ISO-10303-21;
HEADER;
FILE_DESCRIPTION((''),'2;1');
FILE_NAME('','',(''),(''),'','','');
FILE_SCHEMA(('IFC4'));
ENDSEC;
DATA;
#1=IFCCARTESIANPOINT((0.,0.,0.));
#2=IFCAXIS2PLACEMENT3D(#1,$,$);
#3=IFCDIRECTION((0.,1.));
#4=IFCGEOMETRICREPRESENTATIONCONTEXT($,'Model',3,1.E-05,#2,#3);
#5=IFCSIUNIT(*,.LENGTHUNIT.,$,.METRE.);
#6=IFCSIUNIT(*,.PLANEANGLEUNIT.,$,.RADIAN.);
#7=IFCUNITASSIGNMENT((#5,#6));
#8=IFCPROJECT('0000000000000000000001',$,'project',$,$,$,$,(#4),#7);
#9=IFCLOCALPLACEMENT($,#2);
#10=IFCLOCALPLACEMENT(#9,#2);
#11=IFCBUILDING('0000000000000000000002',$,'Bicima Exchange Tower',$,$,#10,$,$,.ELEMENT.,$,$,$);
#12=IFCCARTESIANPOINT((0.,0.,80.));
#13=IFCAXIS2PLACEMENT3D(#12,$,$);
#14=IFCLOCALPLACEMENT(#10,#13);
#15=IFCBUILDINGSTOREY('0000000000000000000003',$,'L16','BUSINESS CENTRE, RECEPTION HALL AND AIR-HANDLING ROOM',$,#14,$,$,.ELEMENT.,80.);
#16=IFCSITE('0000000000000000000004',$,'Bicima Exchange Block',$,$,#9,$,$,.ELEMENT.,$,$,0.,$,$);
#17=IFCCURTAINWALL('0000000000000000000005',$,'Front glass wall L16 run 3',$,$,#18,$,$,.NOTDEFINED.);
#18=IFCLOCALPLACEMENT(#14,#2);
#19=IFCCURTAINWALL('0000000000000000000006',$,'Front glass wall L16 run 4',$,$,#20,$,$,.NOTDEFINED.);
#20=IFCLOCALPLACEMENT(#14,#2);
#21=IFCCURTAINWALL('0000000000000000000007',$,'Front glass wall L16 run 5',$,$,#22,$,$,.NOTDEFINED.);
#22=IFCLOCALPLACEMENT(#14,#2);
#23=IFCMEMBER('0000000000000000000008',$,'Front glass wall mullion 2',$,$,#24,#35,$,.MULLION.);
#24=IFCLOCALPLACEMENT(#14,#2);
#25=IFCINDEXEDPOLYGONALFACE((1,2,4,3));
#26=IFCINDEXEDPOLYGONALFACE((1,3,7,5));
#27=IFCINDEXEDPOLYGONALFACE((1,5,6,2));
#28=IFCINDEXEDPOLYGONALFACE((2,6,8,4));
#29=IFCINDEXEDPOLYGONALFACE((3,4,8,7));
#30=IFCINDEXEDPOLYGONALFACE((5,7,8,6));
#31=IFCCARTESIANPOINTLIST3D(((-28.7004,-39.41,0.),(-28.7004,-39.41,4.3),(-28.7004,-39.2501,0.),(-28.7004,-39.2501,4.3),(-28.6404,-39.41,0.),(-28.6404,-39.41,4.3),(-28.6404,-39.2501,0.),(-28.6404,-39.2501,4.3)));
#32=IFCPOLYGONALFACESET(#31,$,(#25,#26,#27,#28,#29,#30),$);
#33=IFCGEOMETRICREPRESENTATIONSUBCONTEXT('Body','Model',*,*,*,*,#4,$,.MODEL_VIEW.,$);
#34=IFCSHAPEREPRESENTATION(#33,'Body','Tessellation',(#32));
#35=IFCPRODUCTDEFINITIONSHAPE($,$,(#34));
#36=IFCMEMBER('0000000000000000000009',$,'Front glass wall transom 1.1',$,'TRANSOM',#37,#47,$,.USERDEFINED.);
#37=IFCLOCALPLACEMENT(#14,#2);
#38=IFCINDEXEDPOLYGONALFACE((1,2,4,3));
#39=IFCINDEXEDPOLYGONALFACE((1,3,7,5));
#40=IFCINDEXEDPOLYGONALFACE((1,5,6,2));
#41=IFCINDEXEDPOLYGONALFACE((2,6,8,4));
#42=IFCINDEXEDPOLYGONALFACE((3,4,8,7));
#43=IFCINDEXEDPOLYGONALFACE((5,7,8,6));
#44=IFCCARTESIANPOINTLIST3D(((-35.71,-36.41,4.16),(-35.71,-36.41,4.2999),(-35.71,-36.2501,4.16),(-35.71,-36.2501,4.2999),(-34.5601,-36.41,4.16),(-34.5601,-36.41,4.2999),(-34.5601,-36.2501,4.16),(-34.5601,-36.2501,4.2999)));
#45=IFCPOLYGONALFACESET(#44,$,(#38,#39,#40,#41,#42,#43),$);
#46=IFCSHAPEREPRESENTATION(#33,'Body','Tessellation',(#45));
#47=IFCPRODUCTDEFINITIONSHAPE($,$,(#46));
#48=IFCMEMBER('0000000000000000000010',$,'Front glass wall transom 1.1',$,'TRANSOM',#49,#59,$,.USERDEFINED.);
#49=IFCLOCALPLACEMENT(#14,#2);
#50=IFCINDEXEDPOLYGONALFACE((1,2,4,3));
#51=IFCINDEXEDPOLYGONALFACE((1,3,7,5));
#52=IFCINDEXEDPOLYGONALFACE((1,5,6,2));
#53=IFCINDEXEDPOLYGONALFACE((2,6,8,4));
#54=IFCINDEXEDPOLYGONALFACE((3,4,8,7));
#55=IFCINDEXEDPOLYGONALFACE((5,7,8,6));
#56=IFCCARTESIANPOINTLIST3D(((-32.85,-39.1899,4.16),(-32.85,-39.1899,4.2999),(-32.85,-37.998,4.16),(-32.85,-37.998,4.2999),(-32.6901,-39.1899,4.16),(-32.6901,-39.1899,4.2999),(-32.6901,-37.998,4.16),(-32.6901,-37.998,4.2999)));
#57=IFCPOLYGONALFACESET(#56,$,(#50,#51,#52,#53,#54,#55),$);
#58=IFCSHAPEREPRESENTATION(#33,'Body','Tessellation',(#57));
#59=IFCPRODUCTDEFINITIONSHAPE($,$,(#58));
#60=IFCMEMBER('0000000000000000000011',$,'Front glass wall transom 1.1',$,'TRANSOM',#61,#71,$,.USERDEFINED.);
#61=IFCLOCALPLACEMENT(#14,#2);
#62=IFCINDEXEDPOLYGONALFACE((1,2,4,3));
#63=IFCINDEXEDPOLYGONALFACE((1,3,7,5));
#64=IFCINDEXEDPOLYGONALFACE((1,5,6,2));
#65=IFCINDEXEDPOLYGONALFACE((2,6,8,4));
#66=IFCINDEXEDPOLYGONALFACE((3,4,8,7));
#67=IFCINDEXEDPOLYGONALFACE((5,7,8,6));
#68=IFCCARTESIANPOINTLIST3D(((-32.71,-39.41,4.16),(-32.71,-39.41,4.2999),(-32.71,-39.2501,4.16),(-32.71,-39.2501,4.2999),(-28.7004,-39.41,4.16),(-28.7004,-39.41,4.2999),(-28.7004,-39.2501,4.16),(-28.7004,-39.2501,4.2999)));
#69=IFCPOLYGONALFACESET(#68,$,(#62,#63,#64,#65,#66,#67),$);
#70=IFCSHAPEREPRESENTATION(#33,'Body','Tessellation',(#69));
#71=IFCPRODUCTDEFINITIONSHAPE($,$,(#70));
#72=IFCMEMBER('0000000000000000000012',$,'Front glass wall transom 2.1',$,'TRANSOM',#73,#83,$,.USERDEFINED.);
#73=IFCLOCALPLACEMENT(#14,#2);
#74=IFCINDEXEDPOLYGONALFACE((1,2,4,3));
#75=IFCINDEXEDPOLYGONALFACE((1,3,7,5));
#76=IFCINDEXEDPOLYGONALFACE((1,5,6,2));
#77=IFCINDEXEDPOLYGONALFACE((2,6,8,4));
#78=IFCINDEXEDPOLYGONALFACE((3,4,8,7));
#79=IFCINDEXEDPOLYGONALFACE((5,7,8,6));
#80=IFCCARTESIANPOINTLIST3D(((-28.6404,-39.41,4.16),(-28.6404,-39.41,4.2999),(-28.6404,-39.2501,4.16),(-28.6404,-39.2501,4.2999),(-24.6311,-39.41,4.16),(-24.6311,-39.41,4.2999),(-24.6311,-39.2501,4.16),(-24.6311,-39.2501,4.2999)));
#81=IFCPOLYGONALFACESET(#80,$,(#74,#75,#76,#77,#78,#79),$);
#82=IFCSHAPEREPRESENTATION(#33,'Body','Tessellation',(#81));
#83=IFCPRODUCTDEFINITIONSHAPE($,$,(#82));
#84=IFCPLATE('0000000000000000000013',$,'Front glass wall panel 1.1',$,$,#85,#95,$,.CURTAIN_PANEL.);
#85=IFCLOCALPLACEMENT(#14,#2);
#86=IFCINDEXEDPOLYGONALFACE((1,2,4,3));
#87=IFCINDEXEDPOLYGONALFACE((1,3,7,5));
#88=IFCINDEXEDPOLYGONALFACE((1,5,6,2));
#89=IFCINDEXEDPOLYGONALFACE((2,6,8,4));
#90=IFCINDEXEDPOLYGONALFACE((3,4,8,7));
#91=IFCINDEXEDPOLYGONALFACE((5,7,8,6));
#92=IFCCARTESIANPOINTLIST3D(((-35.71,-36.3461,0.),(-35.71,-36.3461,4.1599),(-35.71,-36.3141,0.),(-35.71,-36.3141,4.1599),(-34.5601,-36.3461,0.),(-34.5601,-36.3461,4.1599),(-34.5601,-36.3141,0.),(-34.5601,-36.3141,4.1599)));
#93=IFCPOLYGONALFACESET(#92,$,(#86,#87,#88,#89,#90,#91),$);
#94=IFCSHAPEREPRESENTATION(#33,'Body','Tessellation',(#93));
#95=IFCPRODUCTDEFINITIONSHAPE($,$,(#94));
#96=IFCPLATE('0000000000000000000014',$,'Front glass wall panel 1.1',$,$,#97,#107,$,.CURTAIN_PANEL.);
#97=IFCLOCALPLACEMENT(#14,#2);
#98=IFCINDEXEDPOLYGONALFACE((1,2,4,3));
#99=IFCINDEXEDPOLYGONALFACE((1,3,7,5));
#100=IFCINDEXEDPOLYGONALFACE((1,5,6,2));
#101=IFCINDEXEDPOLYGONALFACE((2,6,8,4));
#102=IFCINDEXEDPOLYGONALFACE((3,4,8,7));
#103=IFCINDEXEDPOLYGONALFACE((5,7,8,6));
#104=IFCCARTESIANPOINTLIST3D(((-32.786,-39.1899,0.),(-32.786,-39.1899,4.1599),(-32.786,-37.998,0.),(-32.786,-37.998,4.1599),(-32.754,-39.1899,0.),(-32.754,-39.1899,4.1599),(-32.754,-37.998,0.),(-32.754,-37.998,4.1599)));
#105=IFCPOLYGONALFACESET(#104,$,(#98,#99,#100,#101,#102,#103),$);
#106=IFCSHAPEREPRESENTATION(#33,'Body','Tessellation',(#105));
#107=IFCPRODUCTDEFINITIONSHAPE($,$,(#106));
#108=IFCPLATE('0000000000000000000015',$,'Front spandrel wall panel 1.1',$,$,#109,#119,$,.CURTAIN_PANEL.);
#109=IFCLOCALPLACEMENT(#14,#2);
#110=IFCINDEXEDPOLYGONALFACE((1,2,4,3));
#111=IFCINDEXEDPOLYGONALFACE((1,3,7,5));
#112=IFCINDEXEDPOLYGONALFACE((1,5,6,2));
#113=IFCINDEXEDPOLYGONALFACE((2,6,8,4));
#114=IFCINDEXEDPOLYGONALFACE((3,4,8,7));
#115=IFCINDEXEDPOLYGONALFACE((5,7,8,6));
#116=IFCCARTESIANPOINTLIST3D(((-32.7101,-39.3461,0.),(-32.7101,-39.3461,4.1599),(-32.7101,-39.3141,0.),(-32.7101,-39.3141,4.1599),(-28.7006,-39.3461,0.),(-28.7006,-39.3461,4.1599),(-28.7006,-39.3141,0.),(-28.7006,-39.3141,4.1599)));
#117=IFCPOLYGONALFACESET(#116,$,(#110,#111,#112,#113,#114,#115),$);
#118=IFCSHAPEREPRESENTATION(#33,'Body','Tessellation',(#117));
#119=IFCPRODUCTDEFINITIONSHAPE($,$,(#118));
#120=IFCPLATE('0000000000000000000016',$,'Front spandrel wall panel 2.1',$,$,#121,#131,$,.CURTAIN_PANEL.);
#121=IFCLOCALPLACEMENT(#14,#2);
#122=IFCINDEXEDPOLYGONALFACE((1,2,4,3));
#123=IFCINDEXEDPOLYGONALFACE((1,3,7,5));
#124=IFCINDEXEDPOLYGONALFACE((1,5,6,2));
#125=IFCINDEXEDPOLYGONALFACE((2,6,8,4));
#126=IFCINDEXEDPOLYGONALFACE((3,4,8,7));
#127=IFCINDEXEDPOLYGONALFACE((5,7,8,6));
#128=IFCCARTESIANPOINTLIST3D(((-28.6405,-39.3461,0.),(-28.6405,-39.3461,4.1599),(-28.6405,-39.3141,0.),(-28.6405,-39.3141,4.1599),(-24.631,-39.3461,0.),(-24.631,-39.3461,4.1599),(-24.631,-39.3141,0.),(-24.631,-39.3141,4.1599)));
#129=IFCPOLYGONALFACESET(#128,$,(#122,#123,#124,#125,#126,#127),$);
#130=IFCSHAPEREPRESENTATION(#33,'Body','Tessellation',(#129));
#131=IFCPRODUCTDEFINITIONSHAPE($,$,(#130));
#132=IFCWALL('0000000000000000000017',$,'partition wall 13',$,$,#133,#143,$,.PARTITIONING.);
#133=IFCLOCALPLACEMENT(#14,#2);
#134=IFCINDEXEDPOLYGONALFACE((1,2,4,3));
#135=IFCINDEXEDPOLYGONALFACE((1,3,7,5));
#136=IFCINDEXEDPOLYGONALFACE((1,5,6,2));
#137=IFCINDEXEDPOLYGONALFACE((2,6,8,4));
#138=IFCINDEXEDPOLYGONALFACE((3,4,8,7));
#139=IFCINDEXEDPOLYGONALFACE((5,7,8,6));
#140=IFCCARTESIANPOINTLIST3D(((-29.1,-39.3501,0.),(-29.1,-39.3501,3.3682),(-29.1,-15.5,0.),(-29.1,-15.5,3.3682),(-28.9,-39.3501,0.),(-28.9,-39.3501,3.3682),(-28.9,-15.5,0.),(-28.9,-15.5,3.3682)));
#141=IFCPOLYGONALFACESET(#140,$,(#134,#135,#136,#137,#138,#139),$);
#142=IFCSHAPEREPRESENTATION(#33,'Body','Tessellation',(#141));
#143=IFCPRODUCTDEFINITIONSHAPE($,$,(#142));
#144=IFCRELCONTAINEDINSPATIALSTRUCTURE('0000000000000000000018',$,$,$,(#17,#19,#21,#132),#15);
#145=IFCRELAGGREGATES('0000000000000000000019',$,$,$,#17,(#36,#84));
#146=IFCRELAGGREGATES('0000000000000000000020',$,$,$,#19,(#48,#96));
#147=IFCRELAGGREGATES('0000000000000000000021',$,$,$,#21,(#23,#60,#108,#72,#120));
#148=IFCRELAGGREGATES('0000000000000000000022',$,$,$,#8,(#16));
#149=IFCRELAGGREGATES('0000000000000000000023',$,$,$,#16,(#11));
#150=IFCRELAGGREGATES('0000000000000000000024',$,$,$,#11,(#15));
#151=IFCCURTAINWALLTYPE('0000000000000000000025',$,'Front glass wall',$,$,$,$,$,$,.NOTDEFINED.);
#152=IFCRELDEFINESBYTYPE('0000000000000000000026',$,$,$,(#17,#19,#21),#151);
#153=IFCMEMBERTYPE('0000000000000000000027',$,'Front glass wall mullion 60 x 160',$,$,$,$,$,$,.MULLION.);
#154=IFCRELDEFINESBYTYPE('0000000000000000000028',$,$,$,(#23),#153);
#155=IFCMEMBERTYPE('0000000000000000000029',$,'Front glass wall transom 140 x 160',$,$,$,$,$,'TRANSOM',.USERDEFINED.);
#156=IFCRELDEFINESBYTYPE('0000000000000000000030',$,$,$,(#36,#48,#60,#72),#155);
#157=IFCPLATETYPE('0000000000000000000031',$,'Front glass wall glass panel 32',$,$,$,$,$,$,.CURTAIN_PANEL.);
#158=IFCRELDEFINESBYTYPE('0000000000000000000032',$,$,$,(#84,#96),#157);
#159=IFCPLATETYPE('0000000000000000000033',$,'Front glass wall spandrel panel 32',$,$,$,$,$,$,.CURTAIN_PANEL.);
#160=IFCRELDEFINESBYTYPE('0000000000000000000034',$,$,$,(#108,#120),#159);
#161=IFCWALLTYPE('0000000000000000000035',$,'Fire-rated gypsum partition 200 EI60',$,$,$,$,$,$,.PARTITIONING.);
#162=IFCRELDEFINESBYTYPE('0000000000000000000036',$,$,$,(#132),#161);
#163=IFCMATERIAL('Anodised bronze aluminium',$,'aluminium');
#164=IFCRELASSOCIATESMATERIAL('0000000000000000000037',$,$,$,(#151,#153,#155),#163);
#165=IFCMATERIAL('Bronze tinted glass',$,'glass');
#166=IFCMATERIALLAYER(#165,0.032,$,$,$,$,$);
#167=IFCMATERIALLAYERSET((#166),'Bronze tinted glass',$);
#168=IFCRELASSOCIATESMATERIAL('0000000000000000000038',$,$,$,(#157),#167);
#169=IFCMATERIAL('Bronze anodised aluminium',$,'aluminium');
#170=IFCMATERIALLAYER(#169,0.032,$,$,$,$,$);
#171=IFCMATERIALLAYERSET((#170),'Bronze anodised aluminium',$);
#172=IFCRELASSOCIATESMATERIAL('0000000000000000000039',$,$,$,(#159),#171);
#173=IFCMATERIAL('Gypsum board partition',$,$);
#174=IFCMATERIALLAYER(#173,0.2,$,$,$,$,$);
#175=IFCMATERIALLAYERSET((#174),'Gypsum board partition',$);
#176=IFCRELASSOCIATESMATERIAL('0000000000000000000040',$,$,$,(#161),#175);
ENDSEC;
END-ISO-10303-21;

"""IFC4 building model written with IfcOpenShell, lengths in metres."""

from ifc_helpers import new_model, si_unit, direction, frame, frame_2d, origin, origin_2d, place, context, subcontext, project, spatial, rectangle, extrude, material, layer, layer_set, material_profile, profile_set, type_object, element, aggregate, save


model = new_model("IFC4")

# Units and contexts
model_context = context("Model", 3, precision=1e-05, world=origin(), true_north=direction((0.0, 1.0)))
body_context = subcontext(model_context, "Body", "Model", "MODEL_VIEW")
ifc_project = project(units=[si_unit("LENGTHUNIT", "METRE"), si_unit("PLANEANGLEUNIT", "RADIAN")], contexts=[model_context])

# Site, building, storey
site_placement = place(None, origin())
site = spatial("IfcSite", under=ifc_project, at=site_placement, Name="Bicima Exchange Block", CompositionType="ELEMENT", RefElevation=0.0)
building_placement = place(site_placement, origin())
building = spatial("IfcBuilding", under=site, at=building_placement, Name="Bicima Exchange Tower", CompositionType="ELEMENT")
storey_placement = place(building_placement, frame((0.0, 0.0, 80.0)))
storey = spatial("IfcBuildingStorey", under=building, at=storey_placement, Name="L16", Description="BUSINESS CENTRE, RECEPTION HALL AND AIR-HANDLING ROOM", CompositionType="ELEMENT", Elevation=80.0)

# Shared definitions
ifc_material_1 = material(Name="Anodised bronze aluminium", Category="aluminium")
ifc_material_profile_1 = material_profile(ifc_material_1, rectangle(XDim=0.1599, YDim=0.0601, at=origin_2d()))
ifc_profile_set_1 = profile_set([ifc_material_profile_1], Name="Anodised bronze aluminium")

# Curtain walls, member
curtain_wall_type_1 = type_object("IfcCurtainWallType", Name="Front glass wall", PredefinedType="NOTDEFINED", material=ifc_material_1)
curtain_wall_1_placement = place(storey_placement, origin())
curtain_wall_1 = element("IfcCurtainWall", 1, at=curtain_wall_1_placement, inside=storey, type_object=curtain_wall_type_1, Name="Front glass wall L16 run 3", PredefinedType="NOTDEFINED")
member_type_1 = type_object("IfcMemberType", Name="Front glass wall mullion 60 x 160", PredefinedType="MULLION", material=ifc_profile_set_1)
curtain_wall_2_placement = place(storey_placement, origin())
curtain_wall_2 = element("IfcCurtainWall", 2, at=curtain_wall_2_placement, inside=storey, type_object=curtain_wall_type_1, Name="Front glass wall L16 run 4", PredefinedType="NOTDEFINED")
curtain_wall_3_placement = place(storey_placement, origin())
curtain_wall_3 = element("IfcCurtainWall", 3, at=curtain_wall_3_placement, inside=storey, type_object=curtain_wall_type_1, Name="Front glass wall L16 run 5", PredefinedType="NOTDEFINED")
member_1_placement = place(storey_placement, frame((-28.6704, -39.3301, 0.0), z_axis=(0.0, 0.0, 1.0), x_axis=(0.0, 1.0, 0.0)))
member_1 = element("IfcMember", 4, at=member_1_placement, type_object=member_type_1, Name="Front glass wall mullion 2", PredefinedType="MULLION", context=body_context, shape_type="SweptSolid", body=[
    extrude(rectangle(XDim=0.1599, YDim=0.0601, at=origin_2d()), origin(), (0.0, 0.0, 1.0), 4.3),
])

# Members
ifc_material_profile_2 = material_profile(ifc_material_1, rectangle(XDim=0.1599, YDim=0.1399, at=origin_2d()))
ifc_profile_set_2 = profile_set([ifc_material_profile_2], Name="Anodised bronze aluminium")
member_type_2 = type_object("IfcMemberType", Name="Front glass wall transom 140 x 160", ElementType="TRANSOM", PredefinedType="USERDEFINED", material=ifc_profile_set_2)
member_2_placement = place(storey_placement, frame((-35.71, -36.3301, 4.23), z_axis=(1.0, 0.0, 0.0), x_axis=(0.0, 1.0, 0.0)))
member_2 = element("IfcMember", 5, at=member_2_placement, type_object=member_type_2, Name="Front glass wall transom 1.1", ObjectType="TRANSOM", PredefinedType="USERDEFINED", context=body_context, shape_type="SweptSolid", body=[
    extrude(rectangle(XDim=0.1599, YDim=0.1399, at=origin_2d()), origin(), (0.0, 0.0, 1.0), 1.1499),
])
member_3_placement = place(storey_placement, frame((-32.77, -37.998, 4.23), z_axis=(0.0, -1.0, 0.0), x_axis=(1.0, 0.0, 0.0)))
member_3 = element("IfcMember", 6, at=member_3_placement, type_object=member_type_2, Name="Front glass wall transom 1.1", ObjectType="TRANSOM", PredefinedType="USERDEFINED", context=body_context, shape_type="SweptSolid", body=[
    extrude(rectangle(XDim=0.1599, YDim=0.1399, at=origin_2d()), origin(), (0.0, 0.0, 1.0), 1.1919),
])
member_4_placement = place(storey_placement, frame((-32.71, -39.3301, 4.23), z_axis=(1.0, 0.0, 0.0), x_axis=(0.0, 1.0, 0.0)))
member_4 = element("IfcMember", 7, at=member_4_placement, type_object=member_type_2, Name="Front glass wall transom 1.1", ObjectType="TRANSOM", PredefinedType="USERDEFINED", context=body_context, shape_type="SweptSolid", body=[
    extrude(rectangle(XDim=0.1599, YDim=0.1399, at=origin_2d()), origin(), (0.0, 0.0, 1.0), 4.0095),
])
member_5_placement = place(storey_placement, frame((-28.6404, -39.3301, 4.23), z_axis=(1.0, 0.0, 0.0), x_axis=(0.0, 1.0, 0.0)))
member_5 = element("IfcMember", 8, at=member_5_placement, type_object=member_type_2, Name="Front glass wall transom 2.1", ObjectType="TRANSOM", PredefinedType="USERDEFINED", context=body_context, shape_type="SweptSolid", body=[
    extrude(rectangle(XDim=0.1599, YDim=0.1399, at=origin_2d()), origin(), (0.0, 0.0, 1.0), 4.0093),
])

# Plates
ifc_material_2 = material(Name="Bronze tinted glass", Category="glass")
ifc_layer_1 = layer(ifc_material_2, 0.032)
ifc_layer_set_1 = layer_set([ifc_layer_1], Name="Bronze tinted glass")
plate_type_1 = type_object("IfcPlateType", Name="Front glass wall glass panel 32", PredefinedType="CURTAIN_PANEL", material=ifc_layer_set_1)
plate_1_placement = place(storey_placement, frame((-35.135, -36.3301, 0.0), z_axis=(0.0, 0.0, 1.0), x_axis=(1.0, 0.0, 0.0)))
plate_1 = element("IfcPlate", 9, at=plate_1_placement, type_object=plate_type_1, Name="Front glass wall panel 1.1", PredefinedType="CURTAIN_PANEL", context=body_context, shape_type="SweptSolid", body=[
    extrude(rectangle(XDim=1.1499, YDim=0.032, at=origin_2d()), origin(), (0.0, 0.0, 1.0), 4.1599),
])
aggregate(curtain_wall_1, [member_2, plate_1])
plate_2_placement = place(storey_placement, frame((-32.77, -38.594, 0.0), z_axis=(0.0, 0.0, 1.0), x_axis=(0.0, -1.0, 0.0)))
plate_2 = element("IfcPlate", 10, at=plate_2_placement, type_object=plate_type_1, Name="Front glass wall panel 1.1", PredefinedType="CURTAIN_PANEL", context=body_context, shape_type="SweptSolid", body=[
    extrude(rectangle(XDim=1.1919, YDim=0.032, at=origin_2d()), origin(), (0.0, 0.0, 1.0), 4.1599),
])
aggregate(curtain_wall_2, [member_3, plate_2])
ifc_material_3 = material(Name="Bronze anodised aluminium", Category="aluminium")
ifc_layer_2 = layer(ifc_material_3, 0.032)
ifc_layer_set_2 = layer_set([ifc_layer_2], Name="Bronze anodised aluminium")
plate_type_2 = type_object("IfcPlateType", Name="Front glass wall spandrel panel 32", PredefinedType="CURTAIN_PANEL", material=ifc_layer_set_2)
plate_3_placement = place(storey_placement, frame((-30.7053, -39.3301, 0.0), z_axis=(0.0, 0.0, 1.0), x_axis=(1.0, 0.0, 0.0)))
plate_3 = element("IfcPlate", 11, at=plate_3_placement, type_object=plate_type_2, Name="Front spandrel wall panel 1.1", PredefinedType="CURTAIN_PANEL", context=body_context, shape_type="SweptSolid", body=[
    extrude(rectangle(XDim=4.0095, YDim=0.032, at=origin_2d()), origin(), (0.0, 0.0, 1.0), 4.1599),
])
plate_4_placement = place(storey_placement, frame((-26.6357, -39.3301, 0.0), z_axis=(0.0, 0.0, 1.0), x_axis=(1.0, 0.0, 0.0)))
plate_4 = element("IfcPlate", 12, at=plate_4_placement, type_object=plate_type_2, Name="Front spandrel wall panel 2.1", PredefinedType="CURTAIN_PANEL", context=body_context, shape_type="SweptSolid", body=[
    extrude(rectangle(XDim=4.0095, YDim=0.032, at=origin_2d()), origin(), (0.0, 0.0, 1.0), 4.1599),
])
aggregate(curtain_wall_3, [member_1, member_4, plate_3, member_5, plate_4])

# Wall
ifc_material_4 = material(Name="Gypsum board partition")
ifc_layer_3 = layer(ifc_material_4, 0.2)
ifc_layer_set_3 = layer_set([ifc_layer_3], Name="Gypsum board partition")
wall_type = type_object("IfcWallType", Name="Fire-rated gypsum partition 200 EI60", PredefinedType="PARTITIONING", material=ifc_layer_set_3)
wall_placement = place(storey_placement, frame((-29.0, -39.3501, 0.0), z_axis=(0.0, 0.0, 1.0), x_axis=(0.0, 1.0, 0.0)))
element("IfcWall", 13, at=wall_placement, inside=storey, type_object=wall_type, Name="partition wall 13", PredefinedType="PARTITIONING", context=body_context, shape_type="SweptSolid", body=[
    extrude(rectangle(XDim=23.8501, YDim=0.2, at=frame_2d((11.925, 0.0))), origin(), (0.0, 0.0, 1.0), 3.3682),
])

save(model, "model.ifc")
